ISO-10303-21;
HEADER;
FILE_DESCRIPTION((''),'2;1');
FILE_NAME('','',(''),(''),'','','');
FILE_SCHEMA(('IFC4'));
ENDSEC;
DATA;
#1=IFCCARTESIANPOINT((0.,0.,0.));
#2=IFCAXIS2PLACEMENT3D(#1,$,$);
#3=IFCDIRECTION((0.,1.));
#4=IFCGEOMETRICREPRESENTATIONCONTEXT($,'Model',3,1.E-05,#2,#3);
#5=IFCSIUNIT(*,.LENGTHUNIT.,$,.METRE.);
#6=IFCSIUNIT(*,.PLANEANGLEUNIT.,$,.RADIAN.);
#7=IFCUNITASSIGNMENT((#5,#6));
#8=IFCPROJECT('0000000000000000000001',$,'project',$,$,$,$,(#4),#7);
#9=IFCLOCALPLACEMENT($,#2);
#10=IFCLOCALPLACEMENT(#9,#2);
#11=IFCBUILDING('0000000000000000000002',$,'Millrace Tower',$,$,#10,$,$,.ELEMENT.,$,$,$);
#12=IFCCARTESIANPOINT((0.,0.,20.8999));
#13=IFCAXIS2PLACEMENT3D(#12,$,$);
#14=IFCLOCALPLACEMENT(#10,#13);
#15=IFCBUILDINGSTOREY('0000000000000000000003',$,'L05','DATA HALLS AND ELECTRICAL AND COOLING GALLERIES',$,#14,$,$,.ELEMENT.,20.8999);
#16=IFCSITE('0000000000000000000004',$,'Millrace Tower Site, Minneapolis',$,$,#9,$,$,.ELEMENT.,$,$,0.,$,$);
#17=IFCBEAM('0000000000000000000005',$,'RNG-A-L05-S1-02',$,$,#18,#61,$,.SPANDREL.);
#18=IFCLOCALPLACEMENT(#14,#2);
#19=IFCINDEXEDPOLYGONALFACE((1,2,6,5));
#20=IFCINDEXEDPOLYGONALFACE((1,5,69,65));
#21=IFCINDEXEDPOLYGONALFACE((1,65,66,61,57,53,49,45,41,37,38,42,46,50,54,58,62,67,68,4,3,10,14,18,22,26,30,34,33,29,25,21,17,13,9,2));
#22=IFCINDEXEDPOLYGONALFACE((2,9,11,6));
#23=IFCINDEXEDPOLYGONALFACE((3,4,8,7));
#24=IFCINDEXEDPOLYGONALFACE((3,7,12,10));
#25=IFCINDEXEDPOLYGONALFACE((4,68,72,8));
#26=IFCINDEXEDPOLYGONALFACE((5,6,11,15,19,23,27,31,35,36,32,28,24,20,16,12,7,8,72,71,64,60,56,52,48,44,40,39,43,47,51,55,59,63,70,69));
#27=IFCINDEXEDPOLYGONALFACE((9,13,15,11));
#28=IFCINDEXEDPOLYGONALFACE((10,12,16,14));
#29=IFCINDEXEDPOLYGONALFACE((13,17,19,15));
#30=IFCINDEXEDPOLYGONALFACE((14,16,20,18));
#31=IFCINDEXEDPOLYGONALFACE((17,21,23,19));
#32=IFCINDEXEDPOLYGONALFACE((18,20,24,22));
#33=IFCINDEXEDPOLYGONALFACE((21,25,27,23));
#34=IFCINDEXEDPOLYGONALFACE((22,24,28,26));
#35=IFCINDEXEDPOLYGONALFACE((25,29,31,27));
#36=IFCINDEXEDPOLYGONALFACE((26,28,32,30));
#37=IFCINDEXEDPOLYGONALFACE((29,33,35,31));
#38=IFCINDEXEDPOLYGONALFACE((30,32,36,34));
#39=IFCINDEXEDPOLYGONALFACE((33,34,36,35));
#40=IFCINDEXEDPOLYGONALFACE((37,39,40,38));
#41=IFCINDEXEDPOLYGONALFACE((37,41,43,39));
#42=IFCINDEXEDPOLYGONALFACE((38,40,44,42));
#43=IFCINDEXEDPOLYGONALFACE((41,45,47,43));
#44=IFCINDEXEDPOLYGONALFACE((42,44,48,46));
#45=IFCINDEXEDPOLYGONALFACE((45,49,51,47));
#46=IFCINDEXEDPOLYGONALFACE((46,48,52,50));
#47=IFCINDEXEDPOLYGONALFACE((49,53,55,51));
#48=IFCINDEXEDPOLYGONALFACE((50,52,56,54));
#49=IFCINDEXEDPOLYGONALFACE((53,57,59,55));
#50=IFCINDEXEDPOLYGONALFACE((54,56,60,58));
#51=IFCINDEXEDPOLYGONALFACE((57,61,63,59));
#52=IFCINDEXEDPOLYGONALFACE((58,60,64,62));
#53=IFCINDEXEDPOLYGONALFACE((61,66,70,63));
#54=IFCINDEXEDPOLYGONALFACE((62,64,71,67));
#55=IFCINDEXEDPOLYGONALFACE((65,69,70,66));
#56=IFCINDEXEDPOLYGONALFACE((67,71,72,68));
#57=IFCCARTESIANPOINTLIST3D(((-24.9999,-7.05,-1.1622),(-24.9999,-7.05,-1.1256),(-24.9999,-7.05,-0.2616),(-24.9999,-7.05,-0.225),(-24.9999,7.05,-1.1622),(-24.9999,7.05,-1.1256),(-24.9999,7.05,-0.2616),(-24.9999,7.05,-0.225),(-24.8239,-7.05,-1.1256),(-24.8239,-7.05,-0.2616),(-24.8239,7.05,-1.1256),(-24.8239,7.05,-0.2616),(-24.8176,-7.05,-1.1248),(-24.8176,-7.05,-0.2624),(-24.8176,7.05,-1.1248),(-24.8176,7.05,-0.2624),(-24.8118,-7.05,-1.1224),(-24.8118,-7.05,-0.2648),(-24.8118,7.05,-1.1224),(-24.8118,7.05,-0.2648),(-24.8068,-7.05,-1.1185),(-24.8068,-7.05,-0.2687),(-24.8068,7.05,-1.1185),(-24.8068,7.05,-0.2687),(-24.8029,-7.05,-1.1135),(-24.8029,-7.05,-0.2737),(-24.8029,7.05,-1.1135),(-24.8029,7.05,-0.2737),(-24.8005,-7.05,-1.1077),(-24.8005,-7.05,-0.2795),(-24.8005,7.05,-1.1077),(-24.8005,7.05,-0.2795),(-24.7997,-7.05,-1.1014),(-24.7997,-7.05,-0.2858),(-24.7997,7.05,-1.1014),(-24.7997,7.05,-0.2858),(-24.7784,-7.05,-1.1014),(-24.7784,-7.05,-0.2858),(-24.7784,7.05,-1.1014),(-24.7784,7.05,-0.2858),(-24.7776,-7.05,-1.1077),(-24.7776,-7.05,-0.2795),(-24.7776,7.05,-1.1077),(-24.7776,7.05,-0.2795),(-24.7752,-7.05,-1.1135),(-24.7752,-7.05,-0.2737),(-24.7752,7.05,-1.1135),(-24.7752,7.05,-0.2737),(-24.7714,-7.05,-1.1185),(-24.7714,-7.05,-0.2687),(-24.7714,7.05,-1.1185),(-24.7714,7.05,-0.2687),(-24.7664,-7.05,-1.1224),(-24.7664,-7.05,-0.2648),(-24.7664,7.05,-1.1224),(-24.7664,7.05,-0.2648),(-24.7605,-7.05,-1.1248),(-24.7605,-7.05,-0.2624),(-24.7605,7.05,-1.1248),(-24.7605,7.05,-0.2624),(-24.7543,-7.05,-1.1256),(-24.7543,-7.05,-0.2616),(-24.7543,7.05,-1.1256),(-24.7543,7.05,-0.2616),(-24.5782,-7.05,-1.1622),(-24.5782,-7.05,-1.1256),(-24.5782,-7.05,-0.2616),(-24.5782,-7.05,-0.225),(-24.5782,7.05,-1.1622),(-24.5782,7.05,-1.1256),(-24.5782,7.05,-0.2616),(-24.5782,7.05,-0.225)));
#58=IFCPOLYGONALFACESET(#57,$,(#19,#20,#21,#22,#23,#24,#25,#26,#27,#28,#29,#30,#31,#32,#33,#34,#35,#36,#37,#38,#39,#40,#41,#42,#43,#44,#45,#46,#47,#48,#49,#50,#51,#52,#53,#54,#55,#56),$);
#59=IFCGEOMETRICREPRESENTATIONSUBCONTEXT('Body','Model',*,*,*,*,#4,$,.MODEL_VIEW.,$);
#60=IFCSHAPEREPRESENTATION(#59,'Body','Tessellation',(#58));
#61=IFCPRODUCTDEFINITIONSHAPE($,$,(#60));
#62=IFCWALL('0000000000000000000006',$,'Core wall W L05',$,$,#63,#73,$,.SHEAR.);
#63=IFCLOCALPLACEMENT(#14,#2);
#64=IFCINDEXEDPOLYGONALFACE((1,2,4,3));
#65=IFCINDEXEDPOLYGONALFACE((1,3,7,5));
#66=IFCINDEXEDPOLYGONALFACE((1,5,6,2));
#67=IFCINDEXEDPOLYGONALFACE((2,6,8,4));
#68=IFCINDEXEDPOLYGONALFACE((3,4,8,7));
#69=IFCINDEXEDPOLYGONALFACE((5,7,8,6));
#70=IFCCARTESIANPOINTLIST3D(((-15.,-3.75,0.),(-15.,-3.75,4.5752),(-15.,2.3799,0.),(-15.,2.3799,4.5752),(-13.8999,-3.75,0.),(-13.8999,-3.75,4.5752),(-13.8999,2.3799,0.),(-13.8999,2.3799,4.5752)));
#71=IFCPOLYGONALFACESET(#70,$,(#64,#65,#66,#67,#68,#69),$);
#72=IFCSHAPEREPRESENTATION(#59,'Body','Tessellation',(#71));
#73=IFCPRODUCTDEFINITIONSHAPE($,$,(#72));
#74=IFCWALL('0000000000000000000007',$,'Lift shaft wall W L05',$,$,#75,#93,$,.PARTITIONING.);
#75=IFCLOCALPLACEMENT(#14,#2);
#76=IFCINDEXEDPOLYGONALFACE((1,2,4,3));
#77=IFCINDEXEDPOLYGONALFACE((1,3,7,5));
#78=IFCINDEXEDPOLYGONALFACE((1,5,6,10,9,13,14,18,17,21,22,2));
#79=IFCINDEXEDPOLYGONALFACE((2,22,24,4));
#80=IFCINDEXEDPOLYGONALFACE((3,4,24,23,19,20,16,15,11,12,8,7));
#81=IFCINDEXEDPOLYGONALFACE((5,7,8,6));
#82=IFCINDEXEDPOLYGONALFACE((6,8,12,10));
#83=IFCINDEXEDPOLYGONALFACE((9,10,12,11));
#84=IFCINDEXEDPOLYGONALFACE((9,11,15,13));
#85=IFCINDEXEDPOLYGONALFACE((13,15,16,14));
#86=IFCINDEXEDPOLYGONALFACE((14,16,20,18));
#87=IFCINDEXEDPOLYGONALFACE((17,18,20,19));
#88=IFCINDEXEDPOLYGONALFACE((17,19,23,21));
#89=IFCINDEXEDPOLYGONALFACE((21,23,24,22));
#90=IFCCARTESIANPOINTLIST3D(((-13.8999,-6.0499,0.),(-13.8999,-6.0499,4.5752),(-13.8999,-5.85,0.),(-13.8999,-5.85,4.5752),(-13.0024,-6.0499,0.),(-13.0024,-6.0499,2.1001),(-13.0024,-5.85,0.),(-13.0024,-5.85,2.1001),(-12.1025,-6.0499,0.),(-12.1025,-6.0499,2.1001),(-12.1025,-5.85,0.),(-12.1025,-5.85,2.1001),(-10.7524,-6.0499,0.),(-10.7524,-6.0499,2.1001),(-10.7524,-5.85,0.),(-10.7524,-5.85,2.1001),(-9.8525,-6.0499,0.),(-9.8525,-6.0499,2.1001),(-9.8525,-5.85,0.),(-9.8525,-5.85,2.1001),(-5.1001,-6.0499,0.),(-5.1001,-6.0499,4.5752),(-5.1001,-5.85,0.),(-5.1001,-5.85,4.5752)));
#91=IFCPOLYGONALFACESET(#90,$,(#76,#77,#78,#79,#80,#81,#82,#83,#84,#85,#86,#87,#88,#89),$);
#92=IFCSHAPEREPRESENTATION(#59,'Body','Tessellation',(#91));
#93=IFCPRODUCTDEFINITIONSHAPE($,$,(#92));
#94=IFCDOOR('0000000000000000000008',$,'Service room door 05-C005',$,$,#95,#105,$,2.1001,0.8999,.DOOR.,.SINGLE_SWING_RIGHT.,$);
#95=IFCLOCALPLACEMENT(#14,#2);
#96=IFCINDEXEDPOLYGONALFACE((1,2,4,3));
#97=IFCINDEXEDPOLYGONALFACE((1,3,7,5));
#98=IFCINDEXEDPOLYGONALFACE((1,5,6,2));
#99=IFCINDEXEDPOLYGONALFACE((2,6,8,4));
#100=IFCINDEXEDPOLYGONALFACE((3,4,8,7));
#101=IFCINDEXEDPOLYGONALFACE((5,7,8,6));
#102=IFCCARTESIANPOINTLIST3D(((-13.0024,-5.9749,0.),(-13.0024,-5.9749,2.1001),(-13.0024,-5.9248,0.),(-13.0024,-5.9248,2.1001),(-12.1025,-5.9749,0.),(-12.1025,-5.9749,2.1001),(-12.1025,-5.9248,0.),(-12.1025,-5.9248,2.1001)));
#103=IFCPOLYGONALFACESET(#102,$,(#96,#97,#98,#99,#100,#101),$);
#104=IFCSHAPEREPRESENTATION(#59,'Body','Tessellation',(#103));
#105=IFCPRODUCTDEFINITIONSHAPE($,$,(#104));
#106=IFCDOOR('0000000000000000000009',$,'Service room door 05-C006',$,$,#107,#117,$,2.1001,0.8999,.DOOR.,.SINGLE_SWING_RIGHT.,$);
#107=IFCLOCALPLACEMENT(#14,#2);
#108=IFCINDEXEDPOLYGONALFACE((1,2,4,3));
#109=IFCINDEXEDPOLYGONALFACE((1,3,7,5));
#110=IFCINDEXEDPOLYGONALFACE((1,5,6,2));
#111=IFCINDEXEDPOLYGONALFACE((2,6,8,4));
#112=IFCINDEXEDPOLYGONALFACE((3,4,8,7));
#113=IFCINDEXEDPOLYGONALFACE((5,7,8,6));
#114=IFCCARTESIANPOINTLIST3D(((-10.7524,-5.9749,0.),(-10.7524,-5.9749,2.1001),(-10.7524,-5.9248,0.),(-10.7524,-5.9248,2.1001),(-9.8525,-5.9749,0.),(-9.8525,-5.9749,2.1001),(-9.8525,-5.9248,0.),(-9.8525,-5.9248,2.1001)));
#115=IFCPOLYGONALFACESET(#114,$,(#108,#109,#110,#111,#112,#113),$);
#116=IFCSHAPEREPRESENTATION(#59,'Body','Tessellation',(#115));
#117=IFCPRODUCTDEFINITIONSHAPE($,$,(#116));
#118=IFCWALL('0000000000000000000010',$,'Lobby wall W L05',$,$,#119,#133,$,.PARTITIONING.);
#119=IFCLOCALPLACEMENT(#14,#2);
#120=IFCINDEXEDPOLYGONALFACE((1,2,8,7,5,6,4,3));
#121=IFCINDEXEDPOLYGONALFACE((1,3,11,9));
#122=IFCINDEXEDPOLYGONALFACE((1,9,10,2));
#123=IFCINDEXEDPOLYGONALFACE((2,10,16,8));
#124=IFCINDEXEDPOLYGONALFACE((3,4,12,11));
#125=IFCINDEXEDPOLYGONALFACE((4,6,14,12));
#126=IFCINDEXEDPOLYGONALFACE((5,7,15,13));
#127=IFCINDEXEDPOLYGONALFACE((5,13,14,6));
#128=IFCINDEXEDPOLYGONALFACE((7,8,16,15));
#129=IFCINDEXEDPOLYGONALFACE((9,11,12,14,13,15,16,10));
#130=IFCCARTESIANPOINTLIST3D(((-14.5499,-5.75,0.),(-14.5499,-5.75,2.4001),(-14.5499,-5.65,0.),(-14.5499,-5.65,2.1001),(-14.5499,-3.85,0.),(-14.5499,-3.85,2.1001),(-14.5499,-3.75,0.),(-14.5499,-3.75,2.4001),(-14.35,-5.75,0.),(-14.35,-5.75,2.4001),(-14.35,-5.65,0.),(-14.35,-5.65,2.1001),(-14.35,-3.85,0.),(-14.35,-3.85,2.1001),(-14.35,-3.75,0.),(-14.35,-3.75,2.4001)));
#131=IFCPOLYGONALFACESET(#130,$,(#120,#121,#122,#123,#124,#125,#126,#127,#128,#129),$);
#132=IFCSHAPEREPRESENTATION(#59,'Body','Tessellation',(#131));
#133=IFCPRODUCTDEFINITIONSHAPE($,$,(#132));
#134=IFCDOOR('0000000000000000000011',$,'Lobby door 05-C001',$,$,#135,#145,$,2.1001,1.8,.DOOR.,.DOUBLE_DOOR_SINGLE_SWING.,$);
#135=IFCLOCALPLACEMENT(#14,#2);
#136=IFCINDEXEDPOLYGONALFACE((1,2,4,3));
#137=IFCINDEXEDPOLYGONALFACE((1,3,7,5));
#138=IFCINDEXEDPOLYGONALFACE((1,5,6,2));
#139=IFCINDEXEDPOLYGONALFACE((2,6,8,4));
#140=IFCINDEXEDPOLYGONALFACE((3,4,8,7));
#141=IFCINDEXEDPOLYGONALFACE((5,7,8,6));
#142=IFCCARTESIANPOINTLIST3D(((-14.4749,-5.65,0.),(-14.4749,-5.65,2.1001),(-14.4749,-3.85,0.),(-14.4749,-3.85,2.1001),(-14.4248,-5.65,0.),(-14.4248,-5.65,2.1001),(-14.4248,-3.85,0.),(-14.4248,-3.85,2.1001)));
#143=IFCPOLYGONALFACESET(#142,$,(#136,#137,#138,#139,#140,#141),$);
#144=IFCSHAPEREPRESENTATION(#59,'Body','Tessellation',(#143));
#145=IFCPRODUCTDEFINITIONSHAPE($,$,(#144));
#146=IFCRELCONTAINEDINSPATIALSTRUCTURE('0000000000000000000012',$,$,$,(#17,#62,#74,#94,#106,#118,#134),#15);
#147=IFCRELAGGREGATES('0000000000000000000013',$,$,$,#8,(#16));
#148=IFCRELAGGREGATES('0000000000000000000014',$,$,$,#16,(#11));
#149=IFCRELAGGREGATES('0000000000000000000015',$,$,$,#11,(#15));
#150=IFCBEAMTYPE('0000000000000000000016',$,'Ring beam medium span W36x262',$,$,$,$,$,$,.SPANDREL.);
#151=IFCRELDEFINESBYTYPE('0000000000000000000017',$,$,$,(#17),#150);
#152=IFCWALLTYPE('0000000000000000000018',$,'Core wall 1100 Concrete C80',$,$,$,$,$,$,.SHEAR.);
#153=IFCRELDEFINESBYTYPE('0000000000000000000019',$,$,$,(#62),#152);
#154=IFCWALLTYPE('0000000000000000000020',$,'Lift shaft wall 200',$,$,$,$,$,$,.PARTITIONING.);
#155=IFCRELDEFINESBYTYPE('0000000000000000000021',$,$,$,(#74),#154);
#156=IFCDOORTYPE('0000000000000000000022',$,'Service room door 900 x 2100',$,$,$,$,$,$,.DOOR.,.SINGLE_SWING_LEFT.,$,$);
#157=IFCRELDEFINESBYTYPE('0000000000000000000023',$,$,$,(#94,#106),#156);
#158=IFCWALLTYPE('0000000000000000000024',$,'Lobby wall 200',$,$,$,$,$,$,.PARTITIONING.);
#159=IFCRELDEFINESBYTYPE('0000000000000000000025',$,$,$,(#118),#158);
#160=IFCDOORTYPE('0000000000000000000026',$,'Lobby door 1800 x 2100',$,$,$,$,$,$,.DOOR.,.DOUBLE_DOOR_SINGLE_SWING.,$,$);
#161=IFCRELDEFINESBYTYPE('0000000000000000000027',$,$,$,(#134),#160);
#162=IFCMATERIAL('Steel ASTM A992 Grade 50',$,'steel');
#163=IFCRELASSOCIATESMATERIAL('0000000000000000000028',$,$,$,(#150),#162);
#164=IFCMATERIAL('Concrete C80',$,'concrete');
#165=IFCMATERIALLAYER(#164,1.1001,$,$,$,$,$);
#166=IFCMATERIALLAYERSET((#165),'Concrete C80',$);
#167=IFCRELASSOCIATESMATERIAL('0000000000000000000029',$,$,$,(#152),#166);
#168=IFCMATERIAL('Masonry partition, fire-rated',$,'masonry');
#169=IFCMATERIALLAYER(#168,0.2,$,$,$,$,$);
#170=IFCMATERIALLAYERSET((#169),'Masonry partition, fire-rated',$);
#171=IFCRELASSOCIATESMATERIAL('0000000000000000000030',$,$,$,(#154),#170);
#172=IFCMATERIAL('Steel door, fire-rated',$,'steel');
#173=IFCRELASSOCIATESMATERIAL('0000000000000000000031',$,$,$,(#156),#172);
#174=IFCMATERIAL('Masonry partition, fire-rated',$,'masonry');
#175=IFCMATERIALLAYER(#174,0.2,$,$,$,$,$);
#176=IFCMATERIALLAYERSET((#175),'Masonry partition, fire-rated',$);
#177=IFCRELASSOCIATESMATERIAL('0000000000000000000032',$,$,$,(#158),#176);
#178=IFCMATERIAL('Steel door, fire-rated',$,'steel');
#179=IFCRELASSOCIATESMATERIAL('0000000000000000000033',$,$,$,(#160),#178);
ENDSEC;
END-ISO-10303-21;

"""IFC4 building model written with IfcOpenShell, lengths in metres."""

from ifc_helpers import new_model, si_unit, direction, frame, frame_2d, origin, origin_2d, place, context, subcontext, project, spatial, rectangle, i_section, extrude, material, layer, layer_set, material_profile, profile_set, type_object, element, fill, save


model = new_model("IFC4")

# Units and contexts
model_context = context("Model", 3, precision=1e-05, world=origin(), true_north=direction((0.0, 1.0)))
body_context = subcontext(model_context, "Body", "Model", "MODEL_VIEW")
ifc_project = project(units=[si_unit("LENGTHUNIT", "METRE"), si_unit("PLANEANGLEUNIT", "RADIAN")], contexts=[model_context])

# Site, building, storey
site_placement = place(None, origin())
site = spatial("IfcSite", under=ifc_project, at=site_placement, Name="Millrace Tower Site, Minneapolis", CompositionType="ELEMENT", RefElevation=0.0)
building_placement = place(site_placement, origin())
building = spatial("IfcBuilding", under=site, at=building_placement, Name="Millrace Tower", CompositionType="ELEMENT")
storey_placement = place(building_placement, frame((0.0, 0.0, 20.8999)))
storey = spatial("IfcBuildingStorey", under=building, at=storey_placement, Name="L05", Description="DATA HALLS AND ELECTRICAL AND COOLING GALLERIES", CompositionType="ELEMENT", Elevation=20.8999)

# Beam
ifc_material_1 = material(Name="Steel ASTM A992 Grade 50", Category="steel")
ifc_material_profile_1 = material_profile(ifc_material_1, i_section(OverallWidth=0.4216, OverallDepth=0.9373, WebThickness=0.0212, FlangeThickness=0.0366, FilletRadius=0.0242, at=origin_2d()))
ifc_profile_set_1 = profile_set([ifc_material_profile_1], Name="Steel ASTM A992 Grade 50")
beam_type_1 = type_object("IfcBeamType", Name="Ring beam medium span W36x262", PredefinedType="SPANDREL", material=ifc_profile_set_1)
beam_1_placement = place(storey_placement, frame((-24.7891, -7.05, -0.6936), z_axis=(0.0, 1.0, 0.0), x_axis=(-1.0, 0.0, 0.0)))
element("IfcBeam", 1, at=beam_1_placement, inside=storey, type_object=beam_type_1, Name="RNG-A-L05-S1-02", PredefinedType="SPANDREL", context=body_context, shape_type="SweptSolid", body=[
    extrude(i_section(OverallWidth=0.4216, OverallDepth=0.9373, WebThickness=0.0212, FlangeThickness=0.0366, FilletRadius=0.0242, at=origin_2d()), origin(), (0.0, 0.0, 1.0), 14.1001),
])

# Wall
ifc_material_2 = material(Name="Concrete C80", Category="concrete")
ifc_layer_1 = layer(ifc_material_2, 1.1001)
ifc_layer_set_1 = layer_set([ifc_layer_1], Name="Concrete C80")
wall_type_1 = type_object("IfcWallType", Name="Core wall 1100 Concrete C80", PredefinedType="SHEAR", material=ifc_layer_set_1)
wall_1_placement = place(storey_placement, frame((-14.45, -3.75, 0.0), z_axis=(0.0, 0.0, 1.0), x_axis=(0.0, 1.0, 0.0)))
element("IfcWall", 2, at=wall_1_placement, inside=storey, type_object=wall_type_1, Name="Core wall W L05", PredefinedType="SHEAR", context=body_context, shape_type="SweptSolid", body=[
    extrude(rectangle(XDim=6.1299, YDim=1.1001, at=frame_2d((3.0649, 0.0))), origin(), (0.0, 0.0, 1.0), 4.5752),
])

# Wall, openings, doors
ifc_material_3 = material(Name="Masonry partition, fire-rated", Category="masonry")
ifc_layer_2 = layer(ifc_material_3, 0.2)
ifc_layer_set_2 = layer_set([ifc_layer_2], Name="Masonry partition, fire-rated")
wall_type_2 = type_object("IfcWallType", Name="Lift shaft wall 200", PredefinedType="PARTITIONING", material=ifc_layer_set_2)
wall_2_placement = place(storey_placement, frame((-13.8999, -5.95, 0.0), z_axis=(0.0, 0.0, 1.0), x_axis=(1.0, 0.0, 0.0)))
wall_2 = element("IfcWall", 3, at=wall_2_placement, inside=storey, type_object=wall_type_2, Name="Lift shaft wall W L05", PredefinedType="PARTITIONING", context=body_context, shape_type="SweptSolid", body=[
    extrude(rectangle(XDim=8.7998, YDim=0.2, at=frame_2d((4.3999, 0.0))), origin(), (0.0, 0.0, 1.0), 4.5752),
])
opening_1_placement = place(wall_2_placement, frame((0.8975, 0.0, 0.0)))
opening_1 = element("IfcOpeningElement", 4, at=opening_1_placement, cuts=wall_2, PredefinedType="OPENING", context=body_context, shape_type="SweptSolid", body=[
    extrude(rectangle(XDim=0.8999, YDim=2.1001, at=frame_2d((0.45, 1.05))), frame((0.0, 0.1099, 0.0), z_axis=(0.0, -1.0, 0.0), x_axis=(1.0, 0.0, 0.0)), (0.0, 0.0, 1.0), 0.22),
])
opening_2_placement = place(wall_2_placement, frame((3.1475, 0.0, 0.0)))
opening_2 = element("IfcOpeningElement", 5, at=opening_2_placement, cuts=wall_2, PredefinedType="OPENING", context=body_context, shape_type="SweptSolid", body=[
    extrude(rectangle(XDim=0.8999, YDim=2.1001, at=frame_2d((0.45, 1.05))), frame((0.0, 0.1099, 0.0), z_axis=(0.0, -1.0, 0.0), x_axis=(1.0, 0.0, 0.0)), (0.0, 0.0, 1.0), 0.22),
])
ifc_material_4 = material(Name="Steel door, fire-rated", Category="steel")
door_type_1 = type_object("IfcDoorType", Name="Service room door 900 x 2100", OperationType="SINGLE_SWING_LEFT", PredefinedType="DOOR", material=ifc_material_4)
door_1_placement = place(opening_1_placement, frame((0.8999, 0.0, 0.0), z_axis=(0.0, 0.0, 1.0), x_axis=(-1.0, 0.0, 0.0)))
door_1 = element("IfcDoor", 6, at=door_1_placement, inside=storey, type_object=door_type_1, Name="Service room door 05-C005", OperationType="SINGLE_SWING_RIGHT", OverallHeight=2.1001, OverallWidth=0.8999, PredefinedType="DOOR", context=body_context, shape_type="SweptSolid", body=[
    extrude(rectangle(XDim=0.8999, YDim=2.1001, at=frame_2d((0.45, 1.05))), frame((0.0, 0.0249, 0.0), z_axis=(0.0, -1.0, 0.0), x_axis=(1.0, 0.0, 0.0)), (0.0, 0.0, 1.0), 0.05),
])
fill(opening_1, door_1)
door_2_placement = place(opening_2_placement, frame((0.8999, 0.0, 0.0), z_axis=(0.0, 0.0, 1.0), x_axis=(-1.0, 0.0, 0.0)))
door_2 = element("IfcDoor", 7, at=door_2_placement, inside=storey, type_object=door_type_1, Name="Service room door 05-C006", OperationType="SINGLE_SWING_RIGHT", OverallHeight=2.1001, OverallWidth=0.8999, PredefinedType="DOOR", context=body_context, shape_type="SweptSolid", body=[
    extrude(rectangle(XDim=0.8999, YDim=2.1001, at=frame_2d((0.45, 1.05))), frame((0.0, 0.0249, 0.0), z_axis=(0.0, -1.0, 0.0), x_axis=(1.0, 0.0, 0.0)), (0.0, 0.0, 1.0), 0.05),
])
fill(opening_2, door_2)

# Wall, opening, door
ifc_material_5 = material(Name="Masonry partition, fire-rated", Category="masonry")
ifc_layer_3 = layer(ifc_material_5, 0.2)
ifc_layer_set_3 = layer_set([ifc_layer_3], Name="Masonry partition, fire-rated")
wall_type_3 = type_object("IfcWallType", Name="Lobby wall 200", PredefinedType="PARTITIONING", material=ifc_layer_set_3)
wall_3_placement = place(storey_placement, frame((-14.45, -5.75, 0.0), z_axis=(0.0, 0.0, 1.0), x_axis=(0.0, 1.0, 0.0)))
wall_3 = element("IfcWall", 8, at=wall_3_placement, inside=storey, type_object=wall_type_3, Name="Lobby wall W L05", PredefinedType="PARTITIONING", context=body_context, shape_type="SweptSolid", body=[
    extrude(rectangle(XDim=2.0, YDim=0.2, at=frame_2d((1.0, 0.0))), origin(), (0.0, 0.0, 1.0), 2.4001),
])
opening_3_placement = place(wall_3_placement, frame((0.1001, 0.0, 0.0)))
opening_3 = element("IfcOpeningElement", 9, at=opening_3_placement, cuts=wall_3, PredefinedType="OPENING", context=body_context, shape_type="SweptSolid", body=[
    extrude(rectangle(XDim=1.8, YDim=2.1001, at=frame_2d((0.8999, 1.05))), frame((0.0, 0.1099, 0.0), z_axis=(0.0, -1.0, 0.0), x_axis=(1.0, 0.0, 0.0)), (0.0, 0.0, 1.0), 0.22),
])
ifc_material_6 = material(Name="Steel door, fire-rated", Category="steel")
door_type_2 = type_object("IfcDoorType", Name="Lobby door 1800 x 2100", OperationType="DOUBLE_DOOR_SINGLE_SWING", PredefinedType="DOOR", material=ifc_material_6)
door_3_placement = place(opening_3_placement, origin())
door_3 = element("IfcDoor", 10, at=door_3_placement, inside=storey, type_object=door_type_2, Name="Lobby door 05-C001", OperationType="DOUBLE_DOOR_SINGLE_SWING", OverallHeight=2.1001, OverallWidth=1.8, PredefinedType="DOOR", context=body_context, shape_type="SweptSolid", body=[
    extrude(rectangle(XDim=1.8, YDim=2.1001, at=frame_2d((0.8999, 1.05))), frame((0.0, 0.0249, 0.0), z_axis=(0.0, -1.0, 0.0), x_axis=(1.0, 0.0, 0.0)), (0.0, 0.0, 1.0), 0.05),
])
fill(opening_3, door_3)

save(model, "model.ifc")
